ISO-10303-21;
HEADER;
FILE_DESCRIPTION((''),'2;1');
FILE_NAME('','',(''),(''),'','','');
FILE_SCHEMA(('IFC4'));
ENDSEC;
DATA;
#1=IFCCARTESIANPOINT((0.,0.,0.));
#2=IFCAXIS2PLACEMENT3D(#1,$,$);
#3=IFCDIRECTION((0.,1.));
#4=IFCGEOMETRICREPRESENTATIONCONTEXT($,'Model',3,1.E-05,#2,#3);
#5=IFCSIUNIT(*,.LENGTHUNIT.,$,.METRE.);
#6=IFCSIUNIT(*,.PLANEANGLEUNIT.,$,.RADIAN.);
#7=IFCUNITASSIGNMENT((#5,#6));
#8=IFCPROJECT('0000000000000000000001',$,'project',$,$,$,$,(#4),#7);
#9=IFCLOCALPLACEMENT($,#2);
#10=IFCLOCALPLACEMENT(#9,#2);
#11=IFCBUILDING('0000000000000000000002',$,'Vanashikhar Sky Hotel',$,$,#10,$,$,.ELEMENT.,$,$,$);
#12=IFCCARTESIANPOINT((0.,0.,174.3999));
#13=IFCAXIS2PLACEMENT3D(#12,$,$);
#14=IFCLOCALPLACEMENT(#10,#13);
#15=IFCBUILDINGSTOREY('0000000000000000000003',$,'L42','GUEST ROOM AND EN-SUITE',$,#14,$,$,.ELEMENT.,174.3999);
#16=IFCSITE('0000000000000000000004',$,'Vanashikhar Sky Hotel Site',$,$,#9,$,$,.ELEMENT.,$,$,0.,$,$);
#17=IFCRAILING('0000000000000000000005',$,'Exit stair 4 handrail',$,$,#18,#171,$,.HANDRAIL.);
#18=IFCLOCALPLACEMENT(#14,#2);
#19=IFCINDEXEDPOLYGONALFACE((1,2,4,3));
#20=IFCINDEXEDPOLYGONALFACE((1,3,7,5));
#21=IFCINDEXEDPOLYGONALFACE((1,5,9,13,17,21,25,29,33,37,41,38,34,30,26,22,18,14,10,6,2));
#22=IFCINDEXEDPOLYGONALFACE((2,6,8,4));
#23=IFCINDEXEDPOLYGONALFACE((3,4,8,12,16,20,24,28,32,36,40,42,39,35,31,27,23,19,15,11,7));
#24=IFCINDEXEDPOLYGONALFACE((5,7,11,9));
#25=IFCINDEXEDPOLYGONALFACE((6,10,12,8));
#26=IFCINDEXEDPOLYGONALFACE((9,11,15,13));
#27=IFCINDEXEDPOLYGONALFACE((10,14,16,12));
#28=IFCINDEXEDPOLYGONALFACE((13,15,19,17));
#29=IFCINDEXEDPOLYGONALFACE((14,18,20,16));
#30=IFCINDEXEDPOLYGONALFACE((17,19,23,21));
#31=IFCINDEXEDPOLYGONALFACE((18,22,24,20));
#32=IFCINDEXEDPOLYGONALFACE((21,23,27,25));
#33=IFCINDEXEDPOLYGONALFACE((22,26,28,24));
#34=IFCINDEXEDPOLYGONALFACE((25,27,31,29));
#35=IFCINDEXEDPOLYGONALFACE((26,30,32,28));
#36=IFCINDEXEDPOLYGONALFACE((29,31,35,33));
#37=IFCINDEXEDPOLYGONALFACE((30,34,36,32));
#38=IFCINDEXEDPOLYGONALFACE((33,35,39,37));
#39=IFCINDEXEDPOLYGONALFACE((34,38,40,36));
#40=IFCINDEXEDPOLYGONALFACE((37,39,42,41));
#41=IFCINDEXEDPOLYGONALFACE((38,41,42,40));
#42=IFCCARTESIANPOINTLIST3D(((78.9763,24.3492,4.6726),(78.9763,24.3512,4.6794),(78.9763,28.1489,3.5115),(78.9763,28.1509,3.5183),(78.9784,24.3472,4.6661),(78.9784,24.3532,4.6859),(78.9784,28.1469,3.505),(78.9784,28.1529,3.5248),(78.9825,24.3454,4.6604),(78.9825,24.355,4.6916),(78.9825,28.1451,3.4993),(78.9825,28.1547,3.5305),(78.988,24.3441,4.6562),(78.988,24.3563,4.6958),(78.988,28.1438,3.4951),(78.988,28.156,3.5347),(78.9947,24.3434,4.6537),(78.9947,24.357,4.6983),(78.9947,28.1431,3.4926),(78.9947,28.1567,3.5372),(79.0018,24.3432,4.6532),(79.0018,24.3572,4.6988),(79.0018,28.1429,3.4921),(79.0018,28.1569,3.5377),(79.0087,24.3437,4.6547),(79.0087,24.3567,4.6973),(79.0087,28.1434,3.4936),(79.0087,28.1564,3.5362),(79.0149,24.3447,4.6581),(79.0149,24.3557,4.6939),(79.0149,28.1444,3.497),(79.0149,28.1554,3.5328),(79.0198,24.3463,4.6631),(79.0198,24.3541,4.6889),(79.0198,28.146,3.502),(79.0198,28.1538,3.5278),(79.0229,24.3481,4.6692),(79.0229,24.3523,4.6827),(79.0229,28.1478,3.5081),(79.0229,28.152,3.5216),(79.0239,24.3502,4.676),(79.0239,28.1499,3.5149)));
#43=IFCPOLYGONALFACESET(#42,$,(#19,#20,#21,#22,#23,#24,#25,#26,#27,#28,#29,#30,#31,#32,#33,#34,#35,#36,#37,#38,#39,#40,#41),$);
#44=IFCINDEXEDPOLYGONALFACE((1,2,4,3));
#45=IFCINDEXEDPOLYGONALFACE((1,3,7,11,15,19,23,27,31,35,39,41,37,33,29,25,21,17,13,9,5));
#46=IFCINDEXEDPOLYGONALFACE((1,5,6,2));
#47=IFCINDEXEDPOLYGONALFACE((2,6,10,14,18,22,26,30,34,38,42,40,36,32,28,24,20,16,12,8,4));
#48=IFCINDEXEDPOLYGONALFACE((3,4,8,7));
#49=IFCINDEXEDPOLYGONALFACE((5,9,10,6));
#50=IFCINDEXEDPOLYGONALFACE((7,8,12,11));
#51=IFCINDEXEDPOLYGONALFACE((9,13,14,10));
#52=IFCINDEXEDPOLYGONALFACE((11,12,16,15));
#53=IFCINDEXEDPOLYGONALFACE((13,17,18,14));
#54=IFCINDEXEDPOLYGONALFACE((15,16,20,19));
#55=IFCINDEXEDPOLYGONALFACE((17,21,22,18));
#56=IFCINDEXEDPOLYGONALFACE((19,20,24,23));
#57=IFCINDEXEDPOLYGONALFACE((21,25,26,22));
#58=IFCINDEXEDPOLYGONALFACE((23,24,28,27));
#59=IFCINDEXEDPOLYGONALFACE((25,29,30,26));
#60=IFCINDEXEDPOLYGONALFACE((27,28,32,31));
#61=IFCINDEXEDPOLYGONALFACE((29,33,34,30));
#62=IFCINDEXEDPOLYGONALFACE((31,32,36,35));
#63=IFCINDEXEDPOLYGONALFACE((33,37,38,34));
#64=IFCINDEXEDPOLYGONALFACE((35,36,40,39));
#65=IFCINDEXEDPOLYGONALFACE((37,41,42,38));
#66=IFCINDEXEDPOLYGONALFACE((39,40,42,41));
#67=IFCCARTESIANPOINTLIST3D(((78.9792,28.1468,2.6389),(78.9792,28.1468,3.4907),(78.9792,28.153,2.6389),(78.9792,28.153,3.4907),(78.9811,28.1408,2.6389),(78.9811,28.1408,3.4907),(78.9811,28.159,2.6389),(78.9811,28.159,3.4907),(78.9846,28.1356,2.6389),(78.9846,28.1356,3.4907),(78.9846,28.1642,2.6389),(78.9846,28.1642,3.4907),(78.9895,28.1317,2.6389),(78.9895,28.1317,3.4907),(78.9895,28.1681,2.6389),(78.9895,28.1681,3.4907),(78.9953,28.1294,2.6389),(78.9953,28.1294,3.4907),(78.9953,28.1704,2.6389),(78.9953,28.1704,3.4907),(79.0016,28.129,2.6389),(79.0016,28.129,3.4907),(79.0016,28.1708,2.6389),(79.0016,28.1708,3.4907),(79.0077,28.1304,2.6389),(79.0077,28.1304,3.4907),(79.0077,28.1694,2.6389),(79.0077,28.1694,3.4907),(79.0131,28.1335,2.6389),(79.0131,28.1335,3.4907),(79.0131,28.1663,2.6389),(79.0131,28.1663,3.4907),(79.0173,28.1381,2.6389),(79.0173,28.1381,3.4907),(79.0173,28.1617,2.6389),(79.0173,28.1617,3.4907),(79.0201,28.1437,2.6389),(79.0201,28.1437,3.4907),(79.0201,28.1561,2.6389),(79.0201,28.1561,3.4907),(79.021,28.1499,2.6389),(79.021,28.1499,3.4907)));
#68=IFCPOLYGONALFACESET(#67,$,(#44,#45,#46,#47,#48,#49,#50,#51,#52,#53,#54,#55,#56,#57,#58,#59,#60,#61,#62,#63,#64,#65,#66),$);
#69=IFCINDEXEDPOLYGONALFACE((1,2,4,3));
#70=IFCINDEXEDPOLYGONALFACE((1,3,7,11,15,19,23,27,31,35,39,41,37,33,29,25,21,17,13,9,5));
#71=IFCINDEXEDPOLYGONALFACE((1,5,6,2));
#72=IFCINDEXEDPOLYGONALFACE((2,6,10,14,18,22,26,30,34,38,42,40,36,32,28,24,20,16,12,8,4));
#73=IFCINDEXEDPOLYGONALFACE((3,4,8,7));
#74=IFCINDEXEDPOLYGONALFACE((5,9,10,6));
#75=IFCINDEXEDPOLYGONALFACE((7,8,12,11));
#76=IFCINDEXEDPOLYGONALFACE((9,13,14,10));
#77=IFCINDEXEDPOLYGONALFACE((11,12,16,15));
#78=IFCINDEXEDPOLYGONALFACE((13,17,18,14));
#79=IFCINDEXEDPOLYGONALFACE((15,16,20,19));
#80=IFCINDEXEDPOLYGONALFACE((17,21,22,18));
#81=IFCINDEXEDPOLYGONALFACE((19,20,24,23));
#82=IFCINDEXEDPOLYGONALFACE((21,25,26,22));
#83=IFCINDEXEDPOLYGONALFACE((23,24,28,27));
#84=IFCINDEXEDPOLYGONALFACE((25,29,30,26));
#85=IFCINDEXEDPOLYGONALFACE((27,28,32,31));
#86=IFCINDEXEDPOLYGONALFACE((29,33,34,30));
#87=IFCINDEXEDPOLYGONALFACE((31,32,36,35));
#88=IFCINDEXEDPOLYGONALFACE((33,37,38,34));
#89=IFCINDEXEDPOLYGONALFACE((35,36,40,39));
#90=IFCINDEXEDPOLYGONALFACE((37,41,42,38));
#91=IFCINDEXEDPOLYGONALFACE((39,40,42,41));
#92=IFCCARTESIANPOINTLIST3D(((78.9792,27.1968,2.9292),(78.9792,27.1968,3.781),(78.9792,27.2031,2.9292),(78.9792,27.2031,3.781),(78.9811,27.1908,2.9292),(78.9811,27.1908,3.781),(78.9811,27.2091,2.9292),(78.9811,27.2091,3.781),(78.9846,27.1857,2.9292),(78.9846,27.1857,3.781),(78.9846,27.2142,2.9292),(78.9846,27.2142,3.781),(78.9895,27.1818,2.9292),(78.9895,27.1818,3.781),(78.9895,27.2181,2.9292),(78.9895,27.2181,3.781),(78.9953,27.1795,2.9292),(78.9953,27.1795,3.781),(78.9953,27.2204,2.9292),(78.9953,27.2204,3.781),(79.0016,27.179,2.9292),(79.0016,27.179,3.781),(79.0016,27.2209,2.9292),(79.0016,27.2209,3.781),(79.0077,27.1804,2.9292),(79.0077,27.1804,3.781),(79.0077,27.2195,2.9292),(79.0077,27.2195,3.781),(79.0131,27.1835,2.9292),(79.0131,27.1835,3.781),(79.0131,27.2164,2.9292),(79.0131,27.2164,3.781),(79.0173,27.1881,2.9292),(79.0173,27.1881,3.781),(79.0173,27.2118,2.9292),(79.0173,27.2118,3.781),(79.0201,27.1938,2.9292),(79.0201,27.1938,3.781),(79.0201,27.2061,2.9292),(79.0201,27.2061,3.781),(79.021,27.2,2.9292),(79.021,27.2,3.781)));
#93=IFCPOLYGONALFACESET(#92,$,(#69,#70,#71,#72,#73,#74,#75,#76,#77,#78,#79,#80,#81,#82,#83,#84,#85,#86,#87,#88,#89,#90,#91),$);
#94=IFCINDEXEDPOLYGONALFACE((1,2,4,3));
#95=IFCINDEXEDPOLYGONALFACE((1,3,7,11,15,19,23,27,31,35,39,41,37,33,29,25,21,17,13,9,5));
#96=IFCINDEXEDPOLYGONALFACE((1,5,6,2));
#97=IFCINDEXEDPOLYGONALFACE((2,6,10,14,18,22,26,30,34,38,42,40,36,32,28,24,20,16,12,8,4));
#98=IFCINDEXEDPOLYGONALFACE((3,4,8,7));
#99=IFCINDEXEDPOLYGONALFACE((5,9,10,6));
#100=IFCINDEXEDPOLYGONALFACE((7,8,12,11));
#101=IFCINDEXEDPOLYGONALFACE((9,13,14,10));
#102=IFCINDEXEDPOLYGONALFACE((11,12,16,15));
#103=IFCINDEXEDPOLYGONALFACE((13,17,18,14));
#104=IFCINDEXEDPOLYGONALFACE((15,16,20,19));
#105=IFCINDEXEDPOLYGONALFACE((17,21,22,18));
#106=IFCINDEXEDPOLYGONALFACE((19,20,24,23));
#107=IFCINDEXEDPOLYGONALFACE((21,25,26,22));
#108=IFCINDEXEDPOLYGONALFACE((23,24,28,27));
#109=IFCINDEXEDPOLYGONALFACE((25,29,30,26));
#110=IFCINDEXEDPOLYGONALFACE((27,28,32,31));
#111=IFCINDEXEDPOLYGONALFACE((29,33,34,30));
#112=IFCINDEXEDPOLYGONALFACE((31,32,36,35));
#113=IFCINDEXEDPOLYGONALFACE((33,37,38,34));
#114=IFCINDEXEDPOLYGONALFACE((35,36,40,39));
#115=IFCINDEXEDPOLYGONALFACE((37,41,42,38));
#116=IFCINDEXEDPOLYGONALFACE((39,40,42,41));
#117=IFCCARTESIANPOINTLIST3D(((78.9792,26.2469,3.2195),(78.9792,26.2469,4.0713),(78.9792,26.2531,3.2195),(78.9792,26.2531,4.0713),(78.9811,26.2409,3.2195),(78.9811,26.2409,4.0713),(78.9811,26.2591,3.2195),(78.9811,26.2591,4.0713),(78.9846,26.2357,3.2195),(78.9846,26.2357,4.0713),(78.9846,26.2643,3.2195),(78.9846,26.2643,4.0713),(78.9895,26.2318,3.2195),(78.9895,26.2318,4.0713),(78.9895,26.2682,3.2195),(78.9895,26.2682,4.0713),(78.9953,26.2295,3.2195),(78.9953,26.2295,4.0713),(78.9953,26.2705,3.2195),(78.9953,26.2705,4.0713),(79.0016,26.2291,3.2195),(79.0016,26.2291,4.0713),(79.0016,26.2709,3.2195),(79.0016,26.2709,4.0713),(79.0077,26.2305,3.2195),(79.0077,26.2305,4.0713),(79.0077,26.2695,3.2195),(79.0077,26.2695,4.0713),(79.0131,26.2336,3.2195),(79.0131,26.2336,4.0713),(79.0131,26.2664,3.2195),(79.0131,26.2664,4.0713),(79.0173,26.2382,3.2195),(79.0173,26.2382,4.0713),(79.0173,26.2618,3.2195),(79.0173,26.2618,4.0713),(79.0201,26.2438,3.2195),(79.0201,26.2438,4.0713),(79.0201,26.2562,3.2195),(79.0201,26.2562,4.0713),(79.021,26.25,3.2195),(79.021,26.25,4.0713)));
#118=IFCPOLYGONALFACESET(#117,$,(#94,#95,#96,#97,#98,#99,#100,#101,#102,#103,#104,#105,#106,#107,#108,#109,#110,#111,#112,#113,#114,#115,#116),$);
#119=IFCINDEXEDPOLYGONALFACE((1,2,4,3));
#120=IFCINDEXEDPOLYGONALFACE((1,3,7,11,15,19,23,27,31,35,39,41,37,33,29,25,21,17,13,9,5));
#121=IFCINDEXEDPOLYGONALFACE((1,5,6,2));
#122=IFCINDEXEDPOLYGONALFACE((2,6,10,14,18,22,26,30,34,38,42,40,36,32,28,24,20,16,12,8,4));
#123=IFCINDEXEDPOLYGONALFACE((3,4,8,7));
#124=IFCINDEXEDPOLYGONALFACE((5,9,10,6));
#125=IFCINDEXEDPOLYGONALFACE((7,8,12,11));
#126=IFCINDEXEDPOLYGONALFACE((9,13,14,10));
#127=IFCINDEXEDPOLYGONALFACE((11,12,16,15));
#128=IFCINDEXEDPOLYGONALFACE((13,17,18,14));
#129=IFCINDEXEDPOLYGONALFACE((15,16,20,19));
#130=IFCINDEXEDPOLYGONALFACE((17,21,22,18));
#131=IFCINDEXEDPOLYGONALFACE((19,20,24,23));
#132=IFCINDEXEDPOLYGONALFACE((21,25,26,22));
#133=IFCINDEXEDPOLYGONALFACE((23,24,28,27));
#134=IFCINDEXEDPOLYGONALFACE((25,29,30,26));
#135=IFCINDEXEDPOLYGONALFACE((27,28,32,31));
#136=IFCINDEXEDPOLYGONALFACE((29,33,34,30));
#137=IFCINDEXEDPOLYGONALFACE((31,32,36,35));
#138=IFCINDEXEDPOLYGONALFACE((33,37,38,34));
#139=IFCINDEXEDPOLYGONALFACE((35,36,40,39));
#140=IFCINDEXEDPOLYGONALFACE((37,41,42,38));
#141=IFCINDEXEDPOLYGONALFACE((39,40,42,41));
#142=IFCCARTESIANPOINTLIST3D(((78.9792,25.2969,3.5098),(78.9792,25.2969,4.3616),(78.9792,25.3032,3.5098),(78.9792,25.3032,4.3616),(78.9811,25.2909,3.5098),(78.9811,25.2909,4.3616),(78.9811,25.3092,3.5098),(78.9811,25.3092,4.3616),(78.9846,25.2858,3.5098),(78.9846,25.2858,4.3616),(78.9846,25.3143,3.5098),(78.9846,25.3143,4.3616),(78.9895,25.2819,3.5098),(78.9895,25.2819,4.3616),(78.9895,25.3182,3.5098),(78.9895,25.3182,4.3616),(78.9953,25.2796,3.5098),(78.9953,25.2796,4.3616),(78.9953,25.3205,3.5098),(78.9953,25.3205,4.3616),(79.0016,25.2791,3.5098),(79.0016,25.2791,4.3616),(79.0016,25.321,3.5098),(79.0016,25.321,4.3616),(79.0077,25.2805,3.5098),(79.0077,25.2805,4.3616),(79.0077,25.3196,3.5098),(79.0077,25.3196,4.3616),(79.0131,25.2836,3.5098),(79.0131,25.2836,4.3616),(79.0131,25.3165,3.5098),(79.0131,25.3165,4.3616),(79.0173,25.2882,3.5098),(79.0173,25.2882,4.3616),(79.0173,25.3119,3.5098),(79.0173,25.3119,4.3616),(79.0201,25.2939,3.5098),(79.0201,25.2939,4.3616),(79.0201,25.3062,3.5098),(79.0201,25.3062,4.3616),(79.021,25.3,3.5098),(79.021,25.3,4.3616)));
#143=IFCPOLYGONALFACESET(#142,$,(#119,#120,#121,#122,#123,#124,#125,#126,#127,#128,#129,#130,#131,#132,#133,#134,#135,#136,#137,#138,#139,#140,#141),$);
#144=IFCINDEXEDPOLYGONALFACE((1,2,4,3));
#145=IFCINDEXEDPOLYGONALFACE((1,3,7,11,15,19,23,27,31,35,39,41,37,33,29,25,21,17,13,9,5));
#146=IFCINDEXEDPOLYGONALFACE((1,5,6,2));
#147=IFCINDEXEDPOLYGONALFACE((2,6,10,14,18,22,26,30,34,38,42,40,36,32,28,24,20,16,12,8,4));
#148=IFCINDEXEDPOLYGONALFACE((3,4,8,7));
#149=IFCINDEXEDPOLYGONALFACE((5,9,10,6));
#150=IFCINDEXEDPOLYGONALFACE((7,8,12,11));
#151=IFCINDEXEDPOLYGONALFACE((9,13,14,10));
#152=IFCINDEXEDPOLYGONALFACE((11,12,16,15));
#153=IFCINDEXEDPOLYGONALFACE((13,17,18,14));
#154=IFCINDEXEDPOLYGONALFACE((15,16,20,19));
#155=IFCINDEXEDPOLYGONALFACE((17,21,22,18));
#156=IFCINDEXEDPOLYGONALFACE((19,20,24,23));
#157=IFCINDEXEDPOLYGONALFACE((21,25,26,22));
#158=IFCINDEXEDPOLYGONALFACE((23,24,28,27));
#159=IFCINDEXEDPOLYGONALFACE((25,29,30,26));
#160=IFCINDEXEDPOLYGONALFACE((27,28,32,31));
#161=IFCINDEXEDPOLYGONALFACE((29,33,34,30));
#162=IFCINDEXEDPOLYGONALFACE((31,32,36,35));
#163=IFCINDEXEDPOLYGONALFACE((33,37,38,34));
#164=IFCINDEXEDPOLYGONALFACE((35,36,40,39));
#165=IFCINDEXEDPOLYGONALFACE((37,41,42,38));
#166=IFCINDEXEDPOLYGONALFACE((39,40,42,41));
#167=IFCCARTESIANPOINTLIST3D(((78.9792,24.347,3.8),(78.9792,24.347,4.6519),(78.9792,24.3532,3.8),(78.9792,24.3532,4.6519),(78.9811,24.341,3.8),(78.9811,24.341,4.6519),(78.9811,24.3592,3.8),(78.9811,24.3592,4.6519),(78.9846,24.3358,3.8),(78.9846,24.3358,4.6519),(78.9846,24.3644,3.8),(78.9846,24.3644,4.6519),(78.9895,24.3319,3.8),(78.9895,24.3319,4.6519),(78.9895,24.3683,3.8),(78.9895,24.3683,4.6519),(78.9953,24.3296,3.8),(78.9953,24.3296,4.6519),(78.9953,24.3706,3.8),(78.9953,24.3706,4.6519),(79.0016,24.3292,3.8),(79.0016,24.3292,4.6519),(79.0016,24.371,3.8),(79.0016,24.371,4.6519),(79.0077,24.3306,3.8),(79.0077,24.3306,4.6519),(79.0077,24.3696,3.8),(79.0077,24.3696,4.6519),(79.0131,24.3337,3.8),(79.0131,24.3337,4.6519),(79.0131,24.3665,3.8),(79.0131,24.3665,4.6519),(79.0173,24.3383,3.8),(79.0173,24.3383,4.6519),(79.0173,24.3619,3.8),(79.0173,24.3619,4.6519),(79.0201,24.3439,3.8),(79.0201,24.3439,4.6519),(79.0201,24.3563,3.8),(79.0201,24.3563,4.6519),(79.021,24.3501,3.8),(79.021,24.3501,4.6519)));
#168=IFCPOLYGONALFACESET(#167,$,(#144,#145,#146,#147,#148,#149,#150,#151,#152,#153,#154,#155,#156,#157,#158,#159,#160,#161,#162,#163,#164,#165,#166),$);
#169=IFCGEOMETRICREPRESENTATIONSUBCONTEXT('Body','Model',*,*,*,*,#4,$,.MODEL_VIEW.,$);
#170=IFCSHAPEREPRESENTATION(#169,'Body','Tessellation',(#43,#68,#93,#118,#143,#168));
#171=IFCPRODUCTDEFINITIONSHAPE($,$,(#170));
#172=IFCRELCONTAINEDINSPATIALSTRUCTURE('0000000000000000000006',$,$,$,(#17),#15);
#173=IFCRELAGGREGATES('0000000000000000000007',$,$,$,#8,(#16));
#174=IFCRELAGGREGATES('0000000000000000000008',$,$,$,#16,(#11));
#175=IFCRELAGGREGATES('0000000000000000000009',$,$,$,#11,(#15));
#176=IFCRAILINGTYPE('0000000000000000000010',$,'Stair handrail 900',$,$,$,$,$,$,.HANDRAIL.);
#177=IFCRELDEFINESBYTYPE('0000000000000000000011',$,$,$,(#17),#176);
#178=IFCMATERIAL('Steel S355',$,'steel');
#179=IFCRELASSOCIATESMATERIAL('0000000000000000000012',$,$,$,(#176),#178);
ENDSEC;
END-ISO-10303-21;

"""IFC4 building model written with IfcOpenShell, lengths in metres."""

from ifc_helpers import new_model, si_unit, direction, frame, origin, origin_2d, place, context, subcontext, project, spatial, circle, extrude, source, transform, mapped, material, type_object, element, save


model = new_model("IFC4")

# Units and contexts
model_context = context("Model", 3, precision=1e-05, world=origin(), true_north=direction((0.0, 1.0)))
body_context = subcontext(model_context, "Body", "Model", "MODEL_VIEW")
ifc_project = project(units=[si_unit("LENGTHUNIT", "METRE"), si_unit("PLANEANGLEUNIT", "RADIAN")], contexts=[model_context])

# Site, building, storey
site_placement = place(None, origin())
site = spatial("IfcSite", under=ifc_project, at=site_placement, Name="Vanashikhar Sky Hotel Site", CompositionType="ELEMENT", RefElevation=0.0)
building_placement = place(site_placement, origin())
building = spatial("IfcBuilding", under=site, at=building_placement, Name="Vanashikhar Sky Hotel", CompositionType="ELEMENT")
storey_placement = place(building_placement, frame((0.0, 0.0, 174.3999)))
storey = spatial("IfcBuildingStorey", under=building, at=storey_placement, Name="L42", Description="GUEST ROOM AND EN-SUITE", CompositionType="ELEMENT", Elevation=174.3999)

# Railing
ifc_material_1 = material(Name="Steel S355", Category="steel")
railing_type_1 = type_object("IfcRailingType", Name="Stair handrail 900", PredefinedType="HANDRAIL", material=ifc_material_1)
shared_shape_1 = source(origin(), body_context, "Body", "SweptSolid", [
    extrude(circle(Radius=0.0239, at=origin_2d()), frame((0.0, 0.0, 0.876), z_axis=(0.0, -0.956346, 0.292237), x_axis=(1.0, 0.0, 0.0)), (0.0, 0.0, 1.0), 3.9731),
    extrude(circle(Radius=0.021, at=origin_2d()), origin(), (0.0, 0.0, 1.0), 0.8518),
    extrude(circle(Radius=0.021, at=origin_2d()), frame((0.0, -0.95, 0.2903)), (0.0, 0.0, 1.0), 0.8518),
    extrude(circle(Radius=0.021, at=origin_2d()), frame((0.0, -1.8999, 0.5806)), (0.0, 0.0, 1.0), 0.8518),
    extrude(circle(Radius=0.021, at=origin_2d()), frame((0.0, -2.8499, 0.8708)), (0.0, 0.0, 1.0), 0.8518),
    extrude(circle(Radius=0.021, at=origin_2d()), frame((0.0, -3.7998, 1.1611)), (0.0, 0.0, 1.0), 0.8518),
])
for number, where, name in (
    (1, (79.0, 28.1499, 2.6389), "Exit stair 4 handrail"),
):
    element("IfcRailing", number, at=place(storey_placement, frame(where)), inside=storey, type_object=railing_type_1, Name=name, PredefinedType="HANDRAIL", context=body_context, shape_type="MappedRepresentation", body=[
        mapped(shared_shape_1, transform((0.0, 0.0, 0.0), scale=1.0)),
    ])

save(model, "model.ifc")
